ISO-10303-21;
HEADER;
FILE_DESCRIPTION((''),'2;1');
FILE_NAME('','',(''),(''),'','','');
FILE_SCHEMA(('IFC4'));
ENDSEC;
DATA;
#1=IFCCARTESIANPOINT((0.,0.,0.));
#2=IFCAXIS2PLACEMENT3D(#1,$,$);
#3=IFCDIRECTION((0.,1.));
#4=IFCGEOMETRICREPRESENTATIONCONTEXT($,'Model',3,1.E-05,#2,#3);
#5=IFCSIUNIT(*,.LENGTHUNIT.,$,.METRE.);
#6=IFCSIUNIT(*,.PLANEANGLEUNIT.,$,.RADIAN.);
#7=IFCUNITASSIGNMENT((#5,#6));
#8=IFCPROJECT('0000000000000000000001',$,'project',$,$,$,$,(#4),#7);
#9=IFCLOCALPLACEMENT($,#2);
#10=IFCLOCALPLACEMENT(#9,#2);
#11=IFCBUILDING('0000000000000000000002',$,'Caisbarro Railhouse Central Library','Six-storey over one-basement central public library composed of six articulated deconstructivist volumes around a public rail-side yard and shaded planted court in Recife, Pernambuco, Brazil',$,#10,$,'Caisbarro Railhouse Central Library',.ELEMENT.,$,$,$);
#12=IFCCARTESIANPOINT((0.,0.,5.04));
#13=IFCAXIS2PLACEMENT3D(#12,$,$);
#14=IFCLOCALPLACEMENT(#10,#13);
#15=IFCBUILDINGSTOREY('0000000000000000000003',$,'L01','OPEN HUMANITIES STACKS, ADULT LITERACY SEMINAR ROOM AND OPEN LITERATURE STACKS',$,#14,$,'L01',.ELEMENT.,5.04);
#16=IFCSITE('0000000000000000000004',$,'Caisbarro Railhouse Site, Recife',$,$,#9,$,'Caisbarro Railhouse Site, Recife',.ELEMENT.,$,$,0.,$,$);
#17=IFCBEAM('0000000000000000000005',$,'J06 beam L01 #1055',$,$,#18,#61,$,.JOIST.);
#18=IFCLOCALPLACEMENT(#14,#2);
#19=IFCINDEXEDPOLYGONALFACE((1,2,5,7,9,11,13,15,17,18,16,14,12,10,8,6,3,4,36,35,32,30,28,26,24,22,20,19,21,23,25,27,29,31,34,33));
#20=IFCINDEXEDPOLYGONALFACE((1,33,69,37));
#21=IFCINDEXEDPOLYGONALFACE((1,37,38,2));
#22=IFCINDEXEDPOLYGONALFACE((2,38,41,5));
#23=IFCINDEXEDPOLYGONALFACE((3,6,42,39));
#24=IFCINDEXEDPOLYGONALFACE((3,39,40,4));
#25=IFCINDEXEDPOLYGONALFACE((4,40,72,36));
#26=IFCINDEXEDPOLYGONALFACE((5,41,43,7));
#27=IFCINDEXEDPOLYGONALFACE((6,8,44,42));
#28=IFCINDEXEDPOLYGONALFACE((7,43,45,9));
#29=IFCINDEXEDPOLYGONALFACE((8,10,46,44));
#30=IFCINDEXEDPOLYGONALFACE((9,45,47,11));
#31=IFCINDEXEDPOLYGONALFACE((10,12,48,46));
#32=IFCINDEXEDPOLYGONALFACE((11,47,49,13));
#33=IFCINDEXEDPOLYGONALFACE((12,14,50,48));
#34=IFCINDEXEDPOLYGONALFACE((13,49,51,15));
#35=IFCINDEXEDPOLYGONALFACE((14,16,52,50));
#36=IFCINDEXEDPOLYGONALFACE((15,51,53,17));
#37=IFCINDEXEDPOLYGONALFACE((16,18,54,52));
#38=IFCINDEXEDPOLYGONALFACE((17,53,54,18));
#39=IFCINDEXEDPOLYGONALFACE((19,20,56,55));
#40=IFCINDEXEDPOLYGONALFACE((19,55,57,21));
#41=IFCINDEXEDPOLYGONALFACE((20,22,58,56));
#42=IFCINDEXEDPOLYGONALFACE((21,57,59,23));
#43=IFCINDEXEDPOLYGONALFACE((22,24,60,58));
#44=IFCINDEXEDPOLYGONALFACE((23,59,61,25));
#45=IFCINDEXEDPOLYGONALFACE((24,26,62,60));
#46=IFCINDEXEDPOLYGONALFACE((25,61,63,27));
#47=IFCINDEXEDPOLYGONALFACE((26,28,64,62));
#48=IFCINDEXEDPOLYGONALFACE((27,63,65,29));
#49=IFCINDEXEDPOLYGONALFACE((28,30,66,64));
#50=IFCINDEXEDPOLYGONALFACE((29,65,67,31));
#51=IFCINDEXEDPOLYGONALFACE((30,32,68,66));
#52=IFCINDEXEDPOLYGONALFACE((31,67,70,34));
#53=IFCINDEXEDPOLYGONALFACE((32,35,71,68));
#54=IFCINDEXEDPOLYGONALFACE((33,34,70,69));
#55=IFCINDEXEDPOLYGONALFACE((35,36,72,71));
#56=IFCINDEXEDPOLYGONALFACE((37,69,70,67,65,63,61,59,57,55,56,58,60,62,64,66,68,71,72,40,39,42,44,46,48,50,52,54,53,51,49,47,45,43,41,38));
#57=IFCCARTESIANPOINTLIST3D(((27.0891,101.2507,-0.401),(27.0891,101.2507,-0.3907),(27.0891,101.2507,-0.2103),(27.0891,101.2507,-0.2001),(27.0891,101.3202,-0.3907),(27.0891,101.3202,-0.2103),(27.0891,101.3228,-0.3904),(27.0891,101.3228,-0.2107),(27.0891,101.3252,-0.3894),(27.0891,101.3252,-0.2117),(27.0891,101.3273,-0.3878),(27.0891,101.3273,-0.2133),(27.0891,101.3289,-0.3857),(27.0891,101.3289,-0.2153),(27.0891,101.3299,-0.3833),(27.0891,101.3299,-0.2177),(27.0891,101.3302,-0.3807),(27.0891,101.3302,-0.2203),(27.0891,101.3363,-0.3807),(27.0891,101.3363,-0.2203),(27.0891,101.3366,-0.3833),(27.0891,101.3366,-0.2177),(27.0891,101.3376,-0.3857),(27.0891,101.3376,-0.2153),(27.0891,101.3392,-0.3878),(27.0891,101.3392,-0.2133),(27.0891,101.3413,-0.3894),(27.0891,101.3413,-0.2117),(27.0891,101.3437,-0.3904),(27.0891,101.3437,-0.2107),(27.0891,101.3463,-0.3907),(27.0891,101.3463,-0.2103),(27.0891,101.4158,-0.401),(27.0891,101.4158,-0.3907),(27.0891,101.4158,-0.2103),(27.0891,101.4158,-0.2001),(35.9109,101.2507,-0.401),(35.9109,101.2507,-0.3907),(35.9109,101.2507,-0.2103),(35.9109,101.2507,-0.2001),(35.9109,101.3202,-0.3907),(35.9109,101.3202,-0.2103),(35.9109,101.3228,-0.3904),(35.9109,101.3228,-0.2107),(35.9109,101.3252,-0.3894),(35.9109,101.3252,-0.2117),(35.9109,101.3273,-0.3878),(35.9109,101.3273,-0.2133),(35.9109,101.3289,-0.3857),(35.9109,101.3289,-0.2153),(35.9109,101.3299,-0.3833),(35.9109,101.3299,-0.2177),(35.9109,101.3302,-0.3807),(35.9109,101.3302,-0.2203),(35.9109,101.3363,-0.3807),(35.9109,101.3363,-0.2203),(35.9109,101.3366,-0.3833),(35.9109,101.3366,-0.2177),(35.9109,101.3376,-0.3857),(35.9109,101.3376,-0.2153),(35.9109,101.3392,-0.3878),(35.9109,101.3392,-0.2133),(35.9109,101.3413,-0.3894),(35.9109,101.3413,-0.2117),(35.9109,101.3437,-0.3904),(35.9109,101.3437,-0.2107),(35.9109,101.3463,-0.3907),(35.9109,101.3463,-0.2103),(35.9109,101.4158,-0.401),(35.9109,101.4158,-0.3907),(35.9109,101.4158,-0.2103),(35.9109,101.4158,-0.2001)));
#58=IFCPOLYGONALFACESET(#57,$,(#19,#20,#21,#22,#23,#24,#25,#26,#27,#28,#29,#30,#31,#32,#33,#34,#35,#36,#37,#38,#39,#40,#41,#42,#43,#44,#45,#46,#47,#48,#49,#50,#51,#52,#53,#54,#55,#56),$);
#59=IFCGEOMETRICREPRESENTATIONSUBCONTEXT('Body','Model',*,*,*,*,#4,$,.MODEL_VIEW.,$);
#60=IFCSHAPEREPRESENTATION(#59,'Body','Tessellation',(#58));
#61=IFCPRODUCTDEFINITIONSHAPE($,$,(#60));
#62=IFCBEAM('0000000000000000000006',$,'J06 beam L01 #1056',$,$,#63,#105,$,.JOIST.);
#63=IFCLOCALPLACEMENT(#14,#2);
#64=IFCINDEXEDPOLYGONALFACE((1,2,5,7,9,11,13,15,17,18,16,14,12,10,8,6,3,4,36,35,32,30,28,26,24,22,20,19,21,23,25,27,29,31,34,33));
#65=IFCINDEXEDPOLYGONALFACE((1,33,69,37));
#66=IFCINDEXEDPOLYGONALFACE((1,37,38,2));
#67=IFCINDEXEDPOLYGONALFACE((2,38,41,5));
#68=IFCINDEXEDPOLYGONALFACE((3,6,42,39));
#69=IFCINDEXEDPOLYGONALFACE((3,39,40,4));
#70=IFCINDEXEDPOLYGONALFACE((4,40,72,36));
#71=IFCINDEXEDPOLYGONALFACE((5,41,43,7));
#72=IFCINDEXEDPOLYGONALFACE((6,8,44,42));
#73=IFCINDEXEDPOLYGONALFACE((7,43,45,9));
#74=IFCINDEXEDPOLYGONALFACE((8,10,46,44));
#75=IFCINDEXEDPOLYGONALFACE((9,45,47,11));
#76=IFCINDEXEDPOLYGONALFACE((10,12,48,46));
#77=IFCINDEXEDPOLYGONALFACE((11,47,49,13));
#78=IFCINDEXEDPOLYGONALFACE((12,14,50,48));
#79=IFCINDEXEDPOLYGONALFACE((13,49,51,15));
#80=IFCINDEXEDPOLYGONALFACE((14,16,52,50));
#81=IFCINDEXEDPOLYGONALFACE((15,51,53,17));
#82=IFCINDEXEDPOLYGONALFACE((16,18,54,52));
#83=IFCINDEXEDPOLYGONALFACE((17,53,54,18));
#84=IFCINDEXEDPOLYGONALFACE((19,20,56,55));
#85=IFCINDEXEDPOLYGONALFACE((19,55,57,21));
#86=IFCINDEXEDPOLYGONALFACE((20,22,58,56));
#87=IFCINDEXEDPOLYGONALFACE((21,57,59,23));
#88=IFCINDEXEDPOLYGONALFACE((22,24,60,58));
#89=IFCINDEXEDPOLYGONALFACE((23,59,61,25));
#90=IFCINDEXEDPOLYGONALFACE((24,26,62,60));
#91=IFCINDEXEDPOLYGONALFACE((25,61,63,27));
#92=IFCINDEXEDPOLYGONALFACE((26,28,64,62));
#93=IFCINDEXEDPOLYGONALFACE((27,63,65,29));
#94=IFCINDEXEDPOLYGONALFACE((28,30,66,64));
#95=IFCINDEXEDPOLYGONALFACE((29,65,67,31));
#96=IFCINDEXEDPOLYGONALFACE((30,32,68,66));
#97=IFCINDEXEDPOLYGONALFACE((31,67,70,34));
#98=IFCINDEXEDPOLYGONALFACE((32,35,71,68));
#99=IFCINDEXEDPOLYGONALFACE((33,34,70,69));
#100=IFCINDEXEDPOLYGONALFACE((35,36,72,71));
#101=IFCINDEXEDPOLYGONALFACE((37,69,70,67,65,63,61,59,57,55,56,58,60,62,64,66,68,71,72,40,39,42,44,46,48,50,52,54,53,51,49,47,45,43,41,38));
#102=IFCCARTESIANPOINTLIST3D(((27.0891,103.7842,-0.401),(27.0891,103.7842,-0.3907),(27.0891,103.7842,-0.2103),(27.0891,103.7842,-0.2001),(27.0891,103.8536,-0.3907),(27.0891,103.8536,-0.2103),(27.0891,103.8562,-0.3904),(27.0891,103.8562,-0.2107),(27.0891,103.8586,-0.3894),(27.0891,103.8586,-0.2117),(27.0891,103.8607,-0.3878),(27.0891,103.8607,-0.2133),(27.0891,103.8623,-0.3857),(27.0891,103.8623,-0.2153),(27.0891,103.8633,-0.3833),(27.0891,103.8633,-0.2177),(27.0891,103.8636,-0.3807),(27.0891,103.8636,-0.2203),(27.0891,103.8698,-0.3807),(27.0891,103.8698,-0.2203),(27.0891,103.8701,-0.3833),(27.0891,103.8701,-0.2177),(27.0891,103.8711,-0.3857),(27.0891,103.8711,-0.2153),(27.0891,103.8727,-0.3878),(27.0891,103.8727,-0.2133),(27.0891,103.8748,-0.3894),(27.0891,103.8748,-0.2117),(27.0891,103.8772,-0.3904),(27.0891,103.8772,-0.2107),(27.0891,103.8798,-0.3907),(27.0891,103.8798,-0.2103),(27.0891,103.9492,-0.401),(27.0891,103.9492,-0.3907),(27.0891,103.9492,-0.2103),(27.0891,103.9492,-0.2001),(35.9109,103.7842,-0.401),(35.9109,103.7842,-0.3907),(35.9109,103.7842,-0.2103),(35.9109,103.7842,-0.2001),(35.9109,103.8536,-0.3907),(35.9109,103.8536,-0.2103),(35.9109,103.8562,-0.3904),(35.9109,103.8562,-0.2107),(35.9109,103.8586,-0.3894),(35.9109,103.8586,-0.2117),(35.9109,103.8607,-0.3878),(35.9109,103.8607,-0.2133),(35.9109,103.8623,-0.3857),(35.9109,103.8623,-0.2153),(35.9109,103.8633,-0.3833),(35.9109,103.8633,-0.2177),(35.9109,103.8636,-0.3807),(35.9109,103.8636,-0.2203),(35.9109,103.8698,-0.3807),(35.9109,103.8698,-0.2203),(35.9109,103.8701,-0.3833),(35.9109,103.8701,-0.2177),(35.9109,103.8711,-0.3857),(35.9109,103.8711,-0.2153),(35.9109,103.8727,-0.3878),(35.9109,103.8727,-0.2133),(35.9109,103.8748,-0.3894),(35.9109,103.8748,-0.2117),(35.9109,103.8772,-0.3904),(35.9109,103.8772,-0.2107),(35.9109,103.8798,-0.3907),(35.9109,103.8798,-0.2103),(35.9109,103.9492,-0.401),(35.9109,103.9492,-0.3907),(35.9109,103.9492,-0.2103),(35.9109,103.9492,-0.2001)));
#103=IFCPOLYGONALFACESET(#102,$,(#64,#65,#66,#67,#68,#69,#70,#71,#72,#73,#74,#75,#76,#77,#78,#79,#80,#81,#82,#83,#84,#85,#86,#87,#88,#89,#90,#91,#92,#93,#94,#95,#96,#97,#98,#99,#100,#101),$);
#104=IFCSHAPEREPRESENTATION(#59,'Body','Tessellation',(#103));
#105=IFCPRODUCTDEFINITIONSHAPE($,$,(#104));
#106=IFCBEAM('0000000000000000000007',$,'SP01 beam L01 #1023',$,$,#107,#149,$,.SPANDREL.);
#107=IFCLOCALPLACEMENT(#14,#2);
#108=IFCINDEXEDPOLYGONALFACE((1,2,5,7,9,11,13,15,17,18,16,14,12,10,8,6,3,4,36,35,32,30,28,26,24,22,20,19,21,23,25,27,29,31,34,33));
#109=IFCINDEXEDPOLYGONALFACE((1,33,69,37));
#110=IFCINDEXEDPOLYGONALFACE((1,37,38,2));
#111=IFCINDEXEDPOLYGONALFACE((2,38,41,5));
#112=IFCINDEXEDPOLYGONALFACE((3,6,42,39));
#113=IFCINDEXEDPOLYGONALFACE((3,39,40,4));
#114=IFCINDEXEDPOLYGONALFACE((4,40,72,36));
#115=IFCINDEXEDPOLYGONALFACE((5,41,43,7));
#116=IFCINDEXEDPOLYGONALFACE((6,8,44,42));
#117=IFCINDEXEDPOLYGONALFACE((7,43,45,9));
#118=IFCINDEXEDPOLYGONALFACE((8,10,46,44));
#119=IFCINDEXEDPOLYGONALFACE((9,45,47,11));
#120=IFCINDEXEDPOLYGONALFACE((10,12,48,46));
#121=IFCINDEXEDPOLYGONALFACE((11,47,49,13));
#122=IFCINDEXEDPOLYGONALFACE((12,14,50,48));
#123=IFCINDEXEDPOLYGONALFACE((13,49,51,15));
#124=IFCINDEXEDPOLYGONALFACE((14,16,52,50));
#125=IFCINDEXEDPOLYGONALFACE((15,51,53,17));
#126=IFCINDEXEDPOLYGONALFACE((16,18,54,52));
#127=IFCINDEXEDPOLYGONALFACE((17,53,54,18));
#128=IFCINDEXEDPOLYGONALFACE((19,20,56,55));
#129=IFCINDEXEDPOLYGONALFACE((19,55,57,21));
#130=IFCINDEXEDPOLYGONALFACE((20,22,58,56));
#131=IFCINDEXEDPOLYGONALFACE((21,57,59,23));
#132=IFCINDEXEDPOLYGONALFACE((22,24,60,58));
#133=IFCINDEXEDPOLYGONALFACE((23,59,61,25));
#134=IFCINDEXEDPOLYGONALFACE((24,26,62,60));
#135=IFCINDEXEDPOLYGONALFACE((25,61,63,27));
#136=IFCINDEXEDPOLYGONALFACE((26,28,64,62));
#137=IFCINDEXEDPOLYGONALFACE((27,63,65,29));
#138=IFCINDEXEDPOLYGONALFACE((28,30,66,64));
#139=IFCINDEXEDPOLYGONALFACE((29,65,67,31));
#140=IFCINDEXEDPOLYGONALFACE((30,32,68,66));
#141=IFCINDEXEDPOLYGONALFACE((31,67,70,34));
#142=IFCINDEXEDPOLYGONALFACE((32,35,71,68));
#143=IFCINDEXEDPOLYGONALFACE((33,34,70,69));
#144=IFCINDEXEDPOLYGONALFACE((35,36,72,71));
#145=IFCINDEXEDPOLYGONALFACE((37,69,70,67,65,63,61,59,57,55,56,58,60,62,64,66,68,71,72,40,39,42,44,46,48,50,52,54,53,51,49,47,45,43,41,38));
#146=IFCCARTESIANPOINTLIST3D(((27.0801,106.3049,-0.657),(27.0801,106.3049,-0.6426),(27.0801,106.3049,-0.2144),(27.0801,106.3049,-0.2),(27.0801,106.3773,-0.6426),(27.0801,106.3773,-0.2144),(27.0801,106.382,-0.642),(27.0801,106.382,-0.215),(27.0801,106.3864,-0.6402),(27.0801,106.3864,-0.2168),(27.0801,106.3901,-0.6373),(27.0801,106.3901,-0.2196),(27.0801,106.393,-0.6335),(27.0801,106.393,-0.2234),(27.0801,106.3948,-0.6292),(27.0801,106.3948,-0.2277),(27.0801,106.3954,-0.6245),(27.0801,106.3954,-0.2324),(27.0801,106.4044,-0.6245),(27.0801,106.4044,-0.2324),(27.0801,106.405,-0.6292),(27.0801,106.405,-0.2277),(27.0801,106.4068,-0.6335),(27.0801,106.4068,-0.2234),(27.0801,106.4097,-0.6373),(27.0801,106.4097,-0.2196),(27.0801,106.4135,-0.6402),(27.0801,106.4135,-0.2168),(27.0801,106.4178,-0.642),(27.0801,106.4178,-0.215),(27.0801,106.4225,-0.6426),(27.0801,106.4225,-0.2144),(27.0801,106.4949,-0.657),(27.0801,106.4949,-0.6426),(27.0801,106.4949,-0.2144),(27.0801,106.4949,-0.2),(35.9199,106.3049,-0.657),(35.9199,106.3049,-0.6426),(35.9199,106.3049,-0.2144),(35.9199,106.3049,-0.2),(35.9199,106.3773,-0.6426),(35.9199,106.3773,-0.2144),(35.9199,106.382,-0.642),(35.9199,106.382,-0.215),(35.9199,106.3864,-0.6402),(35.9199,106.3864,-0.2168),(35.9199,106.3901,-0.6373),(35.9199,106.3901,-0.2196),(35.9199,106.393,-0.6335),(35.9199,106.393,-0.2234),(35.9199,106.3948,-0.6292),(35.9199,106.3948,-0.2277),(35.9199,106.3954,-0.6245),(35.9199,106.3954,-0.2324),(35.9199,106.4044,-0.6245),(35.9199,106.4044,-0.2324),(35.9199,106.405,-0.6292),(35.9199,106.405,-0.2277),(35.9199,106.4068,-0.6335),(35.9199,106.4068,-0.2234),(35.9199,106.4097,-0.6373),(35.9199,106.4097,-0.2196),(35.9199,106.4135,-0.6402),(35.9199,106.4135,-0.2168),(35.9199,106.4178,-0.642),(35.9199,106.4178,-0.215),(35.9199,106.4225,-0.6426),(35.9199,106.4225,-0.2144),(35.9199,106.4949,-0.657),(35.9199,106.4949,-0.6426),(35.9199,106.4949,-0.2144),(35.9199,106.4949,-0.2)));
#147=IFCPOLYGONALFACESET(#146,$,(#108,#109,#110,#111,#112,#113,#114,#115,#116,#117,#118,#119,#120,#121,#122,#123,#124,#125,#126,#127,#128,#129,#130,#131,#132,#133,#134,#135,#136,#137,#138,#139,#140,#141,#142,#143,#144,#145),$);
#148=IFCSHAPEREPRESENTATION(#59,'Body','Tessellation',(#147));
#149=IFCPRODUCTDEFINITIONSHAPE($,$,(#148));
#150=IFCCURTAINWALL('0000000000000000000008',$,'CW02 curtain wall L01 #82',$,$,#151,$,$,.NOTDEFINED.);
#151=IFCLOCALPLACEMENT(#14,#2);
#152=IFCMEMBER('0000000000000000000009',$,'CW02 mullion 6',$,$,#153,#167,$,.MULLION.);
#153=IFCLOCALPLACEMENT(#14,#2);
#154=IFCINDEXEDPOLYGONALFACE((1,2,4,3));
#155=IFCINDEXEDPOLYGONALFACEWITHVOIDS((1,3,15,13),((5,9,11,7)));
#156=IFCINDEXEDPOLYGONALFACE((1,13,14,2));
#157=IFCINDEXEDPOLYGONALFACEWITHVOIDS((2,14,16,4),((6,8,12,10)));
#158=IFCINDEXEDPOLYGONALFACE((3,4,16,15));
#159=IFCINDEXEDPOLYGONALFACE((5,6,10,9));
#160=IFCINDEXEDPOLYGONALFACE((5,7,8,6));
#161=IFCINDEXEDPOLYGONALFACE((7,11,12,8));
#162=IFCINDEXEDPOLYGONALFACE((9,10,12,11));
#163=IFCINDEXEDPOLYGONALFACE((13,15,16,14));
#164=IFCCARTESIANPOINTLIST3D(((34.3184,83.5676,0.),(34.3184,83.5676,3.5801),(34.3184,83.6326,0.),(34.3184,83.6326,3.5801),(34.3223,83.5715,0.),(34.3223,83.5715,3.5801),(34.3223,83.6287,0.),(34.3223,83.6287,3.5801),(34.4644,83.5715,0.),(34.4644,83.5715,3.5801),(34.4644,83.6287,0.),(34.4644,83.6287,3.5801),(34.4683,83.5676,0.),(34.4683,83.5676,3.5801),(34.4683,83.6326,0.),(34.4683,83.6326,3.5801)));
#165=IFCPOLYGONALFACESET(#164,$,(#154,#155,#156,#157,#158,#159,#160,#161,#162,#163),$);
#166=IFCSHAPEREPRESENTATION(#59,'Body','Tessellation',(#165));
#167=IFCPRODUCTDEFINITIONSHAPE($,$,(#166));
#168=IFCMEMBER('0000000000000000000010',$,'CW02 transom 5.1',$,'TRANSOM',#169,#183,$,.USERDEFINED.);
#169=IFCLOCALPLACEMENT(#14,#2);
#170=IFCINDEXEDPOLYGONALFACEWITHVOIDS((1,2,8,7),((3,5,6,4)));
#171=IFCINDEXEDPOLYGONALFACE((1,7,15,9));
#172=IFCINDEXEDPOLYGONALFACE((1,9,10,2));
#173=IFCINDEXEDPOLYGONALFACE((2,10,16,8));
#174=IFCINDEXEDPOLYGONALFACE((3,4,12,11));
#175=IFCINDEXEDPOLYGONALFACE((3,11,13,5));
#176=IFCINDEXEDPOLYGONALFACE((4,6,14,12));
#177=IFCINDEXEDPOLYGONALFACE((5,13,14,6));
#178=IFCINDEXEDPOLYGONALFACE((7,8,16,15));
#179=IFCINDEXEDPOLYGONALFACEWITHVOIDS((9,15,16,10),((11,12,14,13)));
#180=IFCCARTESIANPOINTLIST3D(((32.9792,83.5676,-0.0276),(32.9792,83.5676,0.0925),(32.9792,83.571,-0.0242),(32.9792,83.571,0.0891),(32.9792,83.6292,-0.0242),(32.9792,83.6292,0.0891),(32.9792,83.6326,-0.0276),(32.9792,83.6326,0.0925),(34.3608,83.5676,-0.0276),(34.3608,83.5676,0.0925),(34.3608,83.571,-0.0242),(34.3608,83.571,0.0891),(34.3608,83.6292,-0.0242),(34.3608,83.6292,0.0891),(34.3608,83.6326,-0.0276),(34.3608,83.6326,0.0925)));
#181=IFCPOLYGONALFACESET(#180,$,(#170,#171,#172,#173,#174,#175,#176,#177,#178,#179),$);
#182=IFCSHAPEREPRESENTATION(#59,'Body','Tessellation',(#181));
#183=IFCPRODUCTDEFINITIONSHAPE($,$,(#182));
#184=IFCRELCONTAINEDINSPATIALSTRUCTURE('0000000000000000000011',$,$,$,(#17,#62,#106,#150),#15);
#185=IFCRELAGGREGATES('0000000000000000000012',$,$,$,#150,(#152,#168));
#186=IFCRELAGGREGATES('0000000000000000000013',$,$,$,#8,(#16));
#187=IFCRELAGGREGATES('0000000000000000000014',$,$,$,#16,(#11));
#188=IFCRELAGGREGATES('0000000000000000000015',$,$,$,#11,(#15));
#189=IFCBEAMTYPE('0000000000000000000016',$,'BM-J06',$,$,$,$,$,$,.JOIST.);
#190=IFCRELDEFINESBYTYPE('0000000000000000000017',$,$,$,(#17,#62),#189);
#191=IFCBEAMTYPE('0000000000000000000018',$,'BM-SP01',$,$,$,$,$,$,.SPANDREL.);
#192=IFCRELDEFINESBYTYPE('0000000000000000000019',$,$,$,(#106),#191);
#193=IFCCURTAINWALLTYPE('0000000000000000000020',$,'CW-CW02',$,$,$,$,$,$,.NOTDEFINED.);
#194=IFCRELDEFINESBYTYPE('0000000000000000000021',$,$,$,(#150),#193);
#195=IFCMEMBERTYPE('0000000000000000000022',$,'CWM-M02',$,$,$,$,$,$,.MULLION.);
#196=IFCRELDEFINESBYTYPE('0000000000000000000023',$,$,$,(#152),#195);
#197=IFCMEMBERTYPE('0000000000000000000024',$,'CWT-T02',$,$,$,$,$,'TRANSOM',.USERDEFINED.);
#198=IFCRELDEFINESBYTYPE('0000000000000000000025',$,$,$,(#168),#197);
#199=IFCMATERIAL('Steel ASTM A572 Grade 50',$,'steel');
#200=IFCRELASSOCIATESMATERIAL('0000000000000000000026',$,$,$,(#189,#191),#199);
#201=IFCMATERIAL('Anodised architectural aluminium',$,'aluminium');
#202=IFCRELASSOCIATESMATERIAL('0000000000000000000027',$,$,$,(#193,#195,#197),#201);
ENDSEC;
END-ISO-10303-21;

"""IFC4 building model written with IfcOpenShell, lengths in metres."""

from ifc_helpers import new_model, si_unit, direction, frame, origin, origin_2d, place, context, subcontext, project, spatial, hollow_rectangle, i_section, extrude, material, material_profile, profile_set, type_object, element, aggregate, save


model = new_model("IFC4")

# Units and contexts
model_context = context("Model", 3, precision=1e-05, world=origin(), true_north=direction((0.0, 1.0)))
body_context = subcontext(model_context, "Body", "Model", "MODEL_VIEW")
ifc_project = project(units=[si_unit("LENGTHUNIT", "METRE"), si_unit("PLANEANGLEUNIT", "RADIAN")], contexts=[model_context])

# Site, building, storey
site_placement = place(None, origin())
site = spatial("IfcSite", under=ifc_project, at=site_placement, Name="Caisbarro Railhouse Site, Recife", LongName="Caisbarro Railhouse Site, Recife", CompositionType="ELEMENT", RefElevation=0.0)
building_placement = place(site_placement, origin())
building = spatial("IfcBuilding", under=site, at=building_placement, Name="Caisbarro Railhouse Central Library", Description="Six-storey over one-basement central public library composed of six articulated deconstructivist volumes around a public rail-side yard and shaded planted court in Recife, Pernambuco, Brazil", LongName="Caisbarro Railhouse Central Library", CompositionType="ELEMENT")
storey_placement = place(building_placement, frame((0.0, 0.0, 5.04)))
storey = spatial("IfcBuildingStorey", under=building, at=storey_placement, Name="L01", Description="OPEN HUMANITIES STACKS, ADULT LITERACY SEMINAR ROOM AND OPEN LITERATURE STACKS", LongName="L01", CompositionType="ELEMENT", Elevation=5.04)

# Shared definitions
ifc_material_1 = material(Name="Steel ASTM A572 Grade 50", Category="steel")

# Beams
ifc_material_profile_1 = material_profile(ifc_material_1, i_section(OverallWidth=0.165, OverallDepth=0.2009, WebThickness=0.0061, FlangeThickness=0.0103, FilletRadius=0.01, at=origin_2d()), Name="W200X35.9")
ifc_profile_set_1 = profile_set([ifc_material_profile_1], Name="Steel ASTM A572 Grade 50")
beam_type_1 = type_object("IfcBeamType", Name="BM-J06", PredefinedType="JOIST", material=ifc_profile_set_1)
for number, where, z_axis, x_axis, name in (
    (1, (27.0891, 101.3333, -0.3005), (1.0, 0.0, 0.0), (0.0, 1.0, 0.0), "J06 beam L01 #1055"),
    (2, (27.0891, 103.8667, -0.3005), (1.0, 0.0, 0.0), (0.0, 1.0, 0.0), "J06 beam L01 #1056"),
):
    element("IfcBeam", number, at=place(storey_placement, frame(where, z_axis=z_axis, x_axis=x_axis)), inside=storey, type_object=beam_type_1, Name=name, PredefinedType="JOIST", context=body_context, shape_type="SweptSolid", body=[
        extrude(i_section(OverallWidth=0.165, OverallDepth=0.2009, WebThickness=0.0061, FlangeThickness=0.0103, FilletRadius=0.01, at=origin_2d()), origin(), (0.0, 0.0, 1.0), 8.8218),
    ])
ifc_material_profile_2 = material_profile(ifc_material_1, i_section(OverallWidth=0.1899, OverallDepth=0.457, WebThickness=0.009, FlangeThickness=0.0144, FilletRadius=0.0181, at=origin_2d()), Name="W460X74.0")
ifc_profile_set_2 = profile_set([ifc_material_profile_2], Name="Steel ASTM A572 Grade 50")
beam_type_2 = type_object("IfcBeamType", Name="BM-SP01", PredefinedType="SPANDREL", material=ifc_profile_set_2)
beam_1_placement = place(storey_placement, frame((27.0801, 106.3999, -0.4285), z_axis=(1.0, 0.0, 0.0), x_axis=(0.0, 1.0, 0.0)))
element("IfcBeam", 3, at=beam_1_placement, inside=storey, type_object=beam_type_2, Name="SP01 beam L01 #1023", PredefinedType="SPANDREL", context=body_context, shape_type="SweptSolid", body=[
    extrude(i_section(OverallWidth=0.1899, OverallDepth=0.457, WebThickness=0.009, FlangeThickness=0.0144, FilletRadius=0.0181, at=origin_2d()), origin(), (0.0, 0.0, 1.0), 8.8398),
])

# Curtain wall, members
ifc_material_2 = material(Name="Anodised architectural aluminium", Category="aluminium")
curtain_wall_type = type_object("IfcCurtainWallType", Name="CW-CW02", PredefinedType="NOTDEFINED", material=ifc_material_2)
curtain_wall_placement = place(storey_placement, origin())
curtain_wall = element("IfcCurtainWall", 4, at=curtain_wall_placement, inside=storey, type_object=curtain_wall_type, Name="CW02 curtain wall L01 #82", PredefinedType="NOTDEFINED")
ifc_material_profile_3 = material_profile(ifc_material_2, hollow_rectangle(XDim=0.0649, YDim=0.1499, WallThickness=0.0039, at=origin_2d()), Name="ALU-MUL-65X150")
ifc_profile_set_3 = profile_set([ifc_material_profile_3], Name="Anodised architectural aluminium")
member_type_1 = type_object("IfcMemberType", Name="CWM-M02", PredefinedType="MULLION", material=ifc_profile_set_3)
member_1_placement = place(storey_placement, frame((34.3933, 83.6001, 0.0), z_axis=(0.0, 0.0, 1.0), x_axis=(0.0, 1.0, 0.0)))
member_1 = element("IfcMember", 5, at=member_1_placement, type_object=member_type_1, Name="CW02 mullion 6", PredefinedType="MULLION", context=body_context, shape_type="SweptSolid", body=[
    extrude(hollow_rectangle(XDim=0.0649, YDim=0.1499, WallThickness=0.0039, at=origin_2d()), origin(), (0.0, 0.0, 1.0), 3.5801),
])
ifc_material_profile_4 = material_profile(ifc_material_2, hollow_rectangle(XDim=0.0649, YDim=0.1201, WallThickness=0.0034, at=origin_2d()), Name="ALU-TRN-65X120")
ifc_profile_set_4 = profile_set([ifc_material_profile_4], Name="Anodised architectural aluminium")
member_type_2 = type_object("IfcMemberType", Name="CWT-T02", ElementType="TRANSOM", PredefinedType="USERDEFINED", material=ifc_profile_set_4)
member_2_placement = place(storey_placement, frame((32.9792, 83.6001, 0.0325), z_axis=(1.0, 0.0, 0.0), x_axis=(0.0, 1.0, 0.0)))
member_2 = element("IfcMember", 6, at=member_2_placement, type_object=member_type_2, Name="CW02 transom 5.1", ObjectType="TRANSOM", PredefinedType="USERDEFINED", context=body_context, shape_type="SweptSolid", body=[
    extrude(hollow_rectangle(XDim=0.0649, YDim=0.1201, WallThickness=0.0034, at=origin_2d()), origin(), (0.0, 0.0, 1.0), 1.3816),
])
aggregate(curtain_wall, [member_1, member_2])

save(model, "model.ifc")
